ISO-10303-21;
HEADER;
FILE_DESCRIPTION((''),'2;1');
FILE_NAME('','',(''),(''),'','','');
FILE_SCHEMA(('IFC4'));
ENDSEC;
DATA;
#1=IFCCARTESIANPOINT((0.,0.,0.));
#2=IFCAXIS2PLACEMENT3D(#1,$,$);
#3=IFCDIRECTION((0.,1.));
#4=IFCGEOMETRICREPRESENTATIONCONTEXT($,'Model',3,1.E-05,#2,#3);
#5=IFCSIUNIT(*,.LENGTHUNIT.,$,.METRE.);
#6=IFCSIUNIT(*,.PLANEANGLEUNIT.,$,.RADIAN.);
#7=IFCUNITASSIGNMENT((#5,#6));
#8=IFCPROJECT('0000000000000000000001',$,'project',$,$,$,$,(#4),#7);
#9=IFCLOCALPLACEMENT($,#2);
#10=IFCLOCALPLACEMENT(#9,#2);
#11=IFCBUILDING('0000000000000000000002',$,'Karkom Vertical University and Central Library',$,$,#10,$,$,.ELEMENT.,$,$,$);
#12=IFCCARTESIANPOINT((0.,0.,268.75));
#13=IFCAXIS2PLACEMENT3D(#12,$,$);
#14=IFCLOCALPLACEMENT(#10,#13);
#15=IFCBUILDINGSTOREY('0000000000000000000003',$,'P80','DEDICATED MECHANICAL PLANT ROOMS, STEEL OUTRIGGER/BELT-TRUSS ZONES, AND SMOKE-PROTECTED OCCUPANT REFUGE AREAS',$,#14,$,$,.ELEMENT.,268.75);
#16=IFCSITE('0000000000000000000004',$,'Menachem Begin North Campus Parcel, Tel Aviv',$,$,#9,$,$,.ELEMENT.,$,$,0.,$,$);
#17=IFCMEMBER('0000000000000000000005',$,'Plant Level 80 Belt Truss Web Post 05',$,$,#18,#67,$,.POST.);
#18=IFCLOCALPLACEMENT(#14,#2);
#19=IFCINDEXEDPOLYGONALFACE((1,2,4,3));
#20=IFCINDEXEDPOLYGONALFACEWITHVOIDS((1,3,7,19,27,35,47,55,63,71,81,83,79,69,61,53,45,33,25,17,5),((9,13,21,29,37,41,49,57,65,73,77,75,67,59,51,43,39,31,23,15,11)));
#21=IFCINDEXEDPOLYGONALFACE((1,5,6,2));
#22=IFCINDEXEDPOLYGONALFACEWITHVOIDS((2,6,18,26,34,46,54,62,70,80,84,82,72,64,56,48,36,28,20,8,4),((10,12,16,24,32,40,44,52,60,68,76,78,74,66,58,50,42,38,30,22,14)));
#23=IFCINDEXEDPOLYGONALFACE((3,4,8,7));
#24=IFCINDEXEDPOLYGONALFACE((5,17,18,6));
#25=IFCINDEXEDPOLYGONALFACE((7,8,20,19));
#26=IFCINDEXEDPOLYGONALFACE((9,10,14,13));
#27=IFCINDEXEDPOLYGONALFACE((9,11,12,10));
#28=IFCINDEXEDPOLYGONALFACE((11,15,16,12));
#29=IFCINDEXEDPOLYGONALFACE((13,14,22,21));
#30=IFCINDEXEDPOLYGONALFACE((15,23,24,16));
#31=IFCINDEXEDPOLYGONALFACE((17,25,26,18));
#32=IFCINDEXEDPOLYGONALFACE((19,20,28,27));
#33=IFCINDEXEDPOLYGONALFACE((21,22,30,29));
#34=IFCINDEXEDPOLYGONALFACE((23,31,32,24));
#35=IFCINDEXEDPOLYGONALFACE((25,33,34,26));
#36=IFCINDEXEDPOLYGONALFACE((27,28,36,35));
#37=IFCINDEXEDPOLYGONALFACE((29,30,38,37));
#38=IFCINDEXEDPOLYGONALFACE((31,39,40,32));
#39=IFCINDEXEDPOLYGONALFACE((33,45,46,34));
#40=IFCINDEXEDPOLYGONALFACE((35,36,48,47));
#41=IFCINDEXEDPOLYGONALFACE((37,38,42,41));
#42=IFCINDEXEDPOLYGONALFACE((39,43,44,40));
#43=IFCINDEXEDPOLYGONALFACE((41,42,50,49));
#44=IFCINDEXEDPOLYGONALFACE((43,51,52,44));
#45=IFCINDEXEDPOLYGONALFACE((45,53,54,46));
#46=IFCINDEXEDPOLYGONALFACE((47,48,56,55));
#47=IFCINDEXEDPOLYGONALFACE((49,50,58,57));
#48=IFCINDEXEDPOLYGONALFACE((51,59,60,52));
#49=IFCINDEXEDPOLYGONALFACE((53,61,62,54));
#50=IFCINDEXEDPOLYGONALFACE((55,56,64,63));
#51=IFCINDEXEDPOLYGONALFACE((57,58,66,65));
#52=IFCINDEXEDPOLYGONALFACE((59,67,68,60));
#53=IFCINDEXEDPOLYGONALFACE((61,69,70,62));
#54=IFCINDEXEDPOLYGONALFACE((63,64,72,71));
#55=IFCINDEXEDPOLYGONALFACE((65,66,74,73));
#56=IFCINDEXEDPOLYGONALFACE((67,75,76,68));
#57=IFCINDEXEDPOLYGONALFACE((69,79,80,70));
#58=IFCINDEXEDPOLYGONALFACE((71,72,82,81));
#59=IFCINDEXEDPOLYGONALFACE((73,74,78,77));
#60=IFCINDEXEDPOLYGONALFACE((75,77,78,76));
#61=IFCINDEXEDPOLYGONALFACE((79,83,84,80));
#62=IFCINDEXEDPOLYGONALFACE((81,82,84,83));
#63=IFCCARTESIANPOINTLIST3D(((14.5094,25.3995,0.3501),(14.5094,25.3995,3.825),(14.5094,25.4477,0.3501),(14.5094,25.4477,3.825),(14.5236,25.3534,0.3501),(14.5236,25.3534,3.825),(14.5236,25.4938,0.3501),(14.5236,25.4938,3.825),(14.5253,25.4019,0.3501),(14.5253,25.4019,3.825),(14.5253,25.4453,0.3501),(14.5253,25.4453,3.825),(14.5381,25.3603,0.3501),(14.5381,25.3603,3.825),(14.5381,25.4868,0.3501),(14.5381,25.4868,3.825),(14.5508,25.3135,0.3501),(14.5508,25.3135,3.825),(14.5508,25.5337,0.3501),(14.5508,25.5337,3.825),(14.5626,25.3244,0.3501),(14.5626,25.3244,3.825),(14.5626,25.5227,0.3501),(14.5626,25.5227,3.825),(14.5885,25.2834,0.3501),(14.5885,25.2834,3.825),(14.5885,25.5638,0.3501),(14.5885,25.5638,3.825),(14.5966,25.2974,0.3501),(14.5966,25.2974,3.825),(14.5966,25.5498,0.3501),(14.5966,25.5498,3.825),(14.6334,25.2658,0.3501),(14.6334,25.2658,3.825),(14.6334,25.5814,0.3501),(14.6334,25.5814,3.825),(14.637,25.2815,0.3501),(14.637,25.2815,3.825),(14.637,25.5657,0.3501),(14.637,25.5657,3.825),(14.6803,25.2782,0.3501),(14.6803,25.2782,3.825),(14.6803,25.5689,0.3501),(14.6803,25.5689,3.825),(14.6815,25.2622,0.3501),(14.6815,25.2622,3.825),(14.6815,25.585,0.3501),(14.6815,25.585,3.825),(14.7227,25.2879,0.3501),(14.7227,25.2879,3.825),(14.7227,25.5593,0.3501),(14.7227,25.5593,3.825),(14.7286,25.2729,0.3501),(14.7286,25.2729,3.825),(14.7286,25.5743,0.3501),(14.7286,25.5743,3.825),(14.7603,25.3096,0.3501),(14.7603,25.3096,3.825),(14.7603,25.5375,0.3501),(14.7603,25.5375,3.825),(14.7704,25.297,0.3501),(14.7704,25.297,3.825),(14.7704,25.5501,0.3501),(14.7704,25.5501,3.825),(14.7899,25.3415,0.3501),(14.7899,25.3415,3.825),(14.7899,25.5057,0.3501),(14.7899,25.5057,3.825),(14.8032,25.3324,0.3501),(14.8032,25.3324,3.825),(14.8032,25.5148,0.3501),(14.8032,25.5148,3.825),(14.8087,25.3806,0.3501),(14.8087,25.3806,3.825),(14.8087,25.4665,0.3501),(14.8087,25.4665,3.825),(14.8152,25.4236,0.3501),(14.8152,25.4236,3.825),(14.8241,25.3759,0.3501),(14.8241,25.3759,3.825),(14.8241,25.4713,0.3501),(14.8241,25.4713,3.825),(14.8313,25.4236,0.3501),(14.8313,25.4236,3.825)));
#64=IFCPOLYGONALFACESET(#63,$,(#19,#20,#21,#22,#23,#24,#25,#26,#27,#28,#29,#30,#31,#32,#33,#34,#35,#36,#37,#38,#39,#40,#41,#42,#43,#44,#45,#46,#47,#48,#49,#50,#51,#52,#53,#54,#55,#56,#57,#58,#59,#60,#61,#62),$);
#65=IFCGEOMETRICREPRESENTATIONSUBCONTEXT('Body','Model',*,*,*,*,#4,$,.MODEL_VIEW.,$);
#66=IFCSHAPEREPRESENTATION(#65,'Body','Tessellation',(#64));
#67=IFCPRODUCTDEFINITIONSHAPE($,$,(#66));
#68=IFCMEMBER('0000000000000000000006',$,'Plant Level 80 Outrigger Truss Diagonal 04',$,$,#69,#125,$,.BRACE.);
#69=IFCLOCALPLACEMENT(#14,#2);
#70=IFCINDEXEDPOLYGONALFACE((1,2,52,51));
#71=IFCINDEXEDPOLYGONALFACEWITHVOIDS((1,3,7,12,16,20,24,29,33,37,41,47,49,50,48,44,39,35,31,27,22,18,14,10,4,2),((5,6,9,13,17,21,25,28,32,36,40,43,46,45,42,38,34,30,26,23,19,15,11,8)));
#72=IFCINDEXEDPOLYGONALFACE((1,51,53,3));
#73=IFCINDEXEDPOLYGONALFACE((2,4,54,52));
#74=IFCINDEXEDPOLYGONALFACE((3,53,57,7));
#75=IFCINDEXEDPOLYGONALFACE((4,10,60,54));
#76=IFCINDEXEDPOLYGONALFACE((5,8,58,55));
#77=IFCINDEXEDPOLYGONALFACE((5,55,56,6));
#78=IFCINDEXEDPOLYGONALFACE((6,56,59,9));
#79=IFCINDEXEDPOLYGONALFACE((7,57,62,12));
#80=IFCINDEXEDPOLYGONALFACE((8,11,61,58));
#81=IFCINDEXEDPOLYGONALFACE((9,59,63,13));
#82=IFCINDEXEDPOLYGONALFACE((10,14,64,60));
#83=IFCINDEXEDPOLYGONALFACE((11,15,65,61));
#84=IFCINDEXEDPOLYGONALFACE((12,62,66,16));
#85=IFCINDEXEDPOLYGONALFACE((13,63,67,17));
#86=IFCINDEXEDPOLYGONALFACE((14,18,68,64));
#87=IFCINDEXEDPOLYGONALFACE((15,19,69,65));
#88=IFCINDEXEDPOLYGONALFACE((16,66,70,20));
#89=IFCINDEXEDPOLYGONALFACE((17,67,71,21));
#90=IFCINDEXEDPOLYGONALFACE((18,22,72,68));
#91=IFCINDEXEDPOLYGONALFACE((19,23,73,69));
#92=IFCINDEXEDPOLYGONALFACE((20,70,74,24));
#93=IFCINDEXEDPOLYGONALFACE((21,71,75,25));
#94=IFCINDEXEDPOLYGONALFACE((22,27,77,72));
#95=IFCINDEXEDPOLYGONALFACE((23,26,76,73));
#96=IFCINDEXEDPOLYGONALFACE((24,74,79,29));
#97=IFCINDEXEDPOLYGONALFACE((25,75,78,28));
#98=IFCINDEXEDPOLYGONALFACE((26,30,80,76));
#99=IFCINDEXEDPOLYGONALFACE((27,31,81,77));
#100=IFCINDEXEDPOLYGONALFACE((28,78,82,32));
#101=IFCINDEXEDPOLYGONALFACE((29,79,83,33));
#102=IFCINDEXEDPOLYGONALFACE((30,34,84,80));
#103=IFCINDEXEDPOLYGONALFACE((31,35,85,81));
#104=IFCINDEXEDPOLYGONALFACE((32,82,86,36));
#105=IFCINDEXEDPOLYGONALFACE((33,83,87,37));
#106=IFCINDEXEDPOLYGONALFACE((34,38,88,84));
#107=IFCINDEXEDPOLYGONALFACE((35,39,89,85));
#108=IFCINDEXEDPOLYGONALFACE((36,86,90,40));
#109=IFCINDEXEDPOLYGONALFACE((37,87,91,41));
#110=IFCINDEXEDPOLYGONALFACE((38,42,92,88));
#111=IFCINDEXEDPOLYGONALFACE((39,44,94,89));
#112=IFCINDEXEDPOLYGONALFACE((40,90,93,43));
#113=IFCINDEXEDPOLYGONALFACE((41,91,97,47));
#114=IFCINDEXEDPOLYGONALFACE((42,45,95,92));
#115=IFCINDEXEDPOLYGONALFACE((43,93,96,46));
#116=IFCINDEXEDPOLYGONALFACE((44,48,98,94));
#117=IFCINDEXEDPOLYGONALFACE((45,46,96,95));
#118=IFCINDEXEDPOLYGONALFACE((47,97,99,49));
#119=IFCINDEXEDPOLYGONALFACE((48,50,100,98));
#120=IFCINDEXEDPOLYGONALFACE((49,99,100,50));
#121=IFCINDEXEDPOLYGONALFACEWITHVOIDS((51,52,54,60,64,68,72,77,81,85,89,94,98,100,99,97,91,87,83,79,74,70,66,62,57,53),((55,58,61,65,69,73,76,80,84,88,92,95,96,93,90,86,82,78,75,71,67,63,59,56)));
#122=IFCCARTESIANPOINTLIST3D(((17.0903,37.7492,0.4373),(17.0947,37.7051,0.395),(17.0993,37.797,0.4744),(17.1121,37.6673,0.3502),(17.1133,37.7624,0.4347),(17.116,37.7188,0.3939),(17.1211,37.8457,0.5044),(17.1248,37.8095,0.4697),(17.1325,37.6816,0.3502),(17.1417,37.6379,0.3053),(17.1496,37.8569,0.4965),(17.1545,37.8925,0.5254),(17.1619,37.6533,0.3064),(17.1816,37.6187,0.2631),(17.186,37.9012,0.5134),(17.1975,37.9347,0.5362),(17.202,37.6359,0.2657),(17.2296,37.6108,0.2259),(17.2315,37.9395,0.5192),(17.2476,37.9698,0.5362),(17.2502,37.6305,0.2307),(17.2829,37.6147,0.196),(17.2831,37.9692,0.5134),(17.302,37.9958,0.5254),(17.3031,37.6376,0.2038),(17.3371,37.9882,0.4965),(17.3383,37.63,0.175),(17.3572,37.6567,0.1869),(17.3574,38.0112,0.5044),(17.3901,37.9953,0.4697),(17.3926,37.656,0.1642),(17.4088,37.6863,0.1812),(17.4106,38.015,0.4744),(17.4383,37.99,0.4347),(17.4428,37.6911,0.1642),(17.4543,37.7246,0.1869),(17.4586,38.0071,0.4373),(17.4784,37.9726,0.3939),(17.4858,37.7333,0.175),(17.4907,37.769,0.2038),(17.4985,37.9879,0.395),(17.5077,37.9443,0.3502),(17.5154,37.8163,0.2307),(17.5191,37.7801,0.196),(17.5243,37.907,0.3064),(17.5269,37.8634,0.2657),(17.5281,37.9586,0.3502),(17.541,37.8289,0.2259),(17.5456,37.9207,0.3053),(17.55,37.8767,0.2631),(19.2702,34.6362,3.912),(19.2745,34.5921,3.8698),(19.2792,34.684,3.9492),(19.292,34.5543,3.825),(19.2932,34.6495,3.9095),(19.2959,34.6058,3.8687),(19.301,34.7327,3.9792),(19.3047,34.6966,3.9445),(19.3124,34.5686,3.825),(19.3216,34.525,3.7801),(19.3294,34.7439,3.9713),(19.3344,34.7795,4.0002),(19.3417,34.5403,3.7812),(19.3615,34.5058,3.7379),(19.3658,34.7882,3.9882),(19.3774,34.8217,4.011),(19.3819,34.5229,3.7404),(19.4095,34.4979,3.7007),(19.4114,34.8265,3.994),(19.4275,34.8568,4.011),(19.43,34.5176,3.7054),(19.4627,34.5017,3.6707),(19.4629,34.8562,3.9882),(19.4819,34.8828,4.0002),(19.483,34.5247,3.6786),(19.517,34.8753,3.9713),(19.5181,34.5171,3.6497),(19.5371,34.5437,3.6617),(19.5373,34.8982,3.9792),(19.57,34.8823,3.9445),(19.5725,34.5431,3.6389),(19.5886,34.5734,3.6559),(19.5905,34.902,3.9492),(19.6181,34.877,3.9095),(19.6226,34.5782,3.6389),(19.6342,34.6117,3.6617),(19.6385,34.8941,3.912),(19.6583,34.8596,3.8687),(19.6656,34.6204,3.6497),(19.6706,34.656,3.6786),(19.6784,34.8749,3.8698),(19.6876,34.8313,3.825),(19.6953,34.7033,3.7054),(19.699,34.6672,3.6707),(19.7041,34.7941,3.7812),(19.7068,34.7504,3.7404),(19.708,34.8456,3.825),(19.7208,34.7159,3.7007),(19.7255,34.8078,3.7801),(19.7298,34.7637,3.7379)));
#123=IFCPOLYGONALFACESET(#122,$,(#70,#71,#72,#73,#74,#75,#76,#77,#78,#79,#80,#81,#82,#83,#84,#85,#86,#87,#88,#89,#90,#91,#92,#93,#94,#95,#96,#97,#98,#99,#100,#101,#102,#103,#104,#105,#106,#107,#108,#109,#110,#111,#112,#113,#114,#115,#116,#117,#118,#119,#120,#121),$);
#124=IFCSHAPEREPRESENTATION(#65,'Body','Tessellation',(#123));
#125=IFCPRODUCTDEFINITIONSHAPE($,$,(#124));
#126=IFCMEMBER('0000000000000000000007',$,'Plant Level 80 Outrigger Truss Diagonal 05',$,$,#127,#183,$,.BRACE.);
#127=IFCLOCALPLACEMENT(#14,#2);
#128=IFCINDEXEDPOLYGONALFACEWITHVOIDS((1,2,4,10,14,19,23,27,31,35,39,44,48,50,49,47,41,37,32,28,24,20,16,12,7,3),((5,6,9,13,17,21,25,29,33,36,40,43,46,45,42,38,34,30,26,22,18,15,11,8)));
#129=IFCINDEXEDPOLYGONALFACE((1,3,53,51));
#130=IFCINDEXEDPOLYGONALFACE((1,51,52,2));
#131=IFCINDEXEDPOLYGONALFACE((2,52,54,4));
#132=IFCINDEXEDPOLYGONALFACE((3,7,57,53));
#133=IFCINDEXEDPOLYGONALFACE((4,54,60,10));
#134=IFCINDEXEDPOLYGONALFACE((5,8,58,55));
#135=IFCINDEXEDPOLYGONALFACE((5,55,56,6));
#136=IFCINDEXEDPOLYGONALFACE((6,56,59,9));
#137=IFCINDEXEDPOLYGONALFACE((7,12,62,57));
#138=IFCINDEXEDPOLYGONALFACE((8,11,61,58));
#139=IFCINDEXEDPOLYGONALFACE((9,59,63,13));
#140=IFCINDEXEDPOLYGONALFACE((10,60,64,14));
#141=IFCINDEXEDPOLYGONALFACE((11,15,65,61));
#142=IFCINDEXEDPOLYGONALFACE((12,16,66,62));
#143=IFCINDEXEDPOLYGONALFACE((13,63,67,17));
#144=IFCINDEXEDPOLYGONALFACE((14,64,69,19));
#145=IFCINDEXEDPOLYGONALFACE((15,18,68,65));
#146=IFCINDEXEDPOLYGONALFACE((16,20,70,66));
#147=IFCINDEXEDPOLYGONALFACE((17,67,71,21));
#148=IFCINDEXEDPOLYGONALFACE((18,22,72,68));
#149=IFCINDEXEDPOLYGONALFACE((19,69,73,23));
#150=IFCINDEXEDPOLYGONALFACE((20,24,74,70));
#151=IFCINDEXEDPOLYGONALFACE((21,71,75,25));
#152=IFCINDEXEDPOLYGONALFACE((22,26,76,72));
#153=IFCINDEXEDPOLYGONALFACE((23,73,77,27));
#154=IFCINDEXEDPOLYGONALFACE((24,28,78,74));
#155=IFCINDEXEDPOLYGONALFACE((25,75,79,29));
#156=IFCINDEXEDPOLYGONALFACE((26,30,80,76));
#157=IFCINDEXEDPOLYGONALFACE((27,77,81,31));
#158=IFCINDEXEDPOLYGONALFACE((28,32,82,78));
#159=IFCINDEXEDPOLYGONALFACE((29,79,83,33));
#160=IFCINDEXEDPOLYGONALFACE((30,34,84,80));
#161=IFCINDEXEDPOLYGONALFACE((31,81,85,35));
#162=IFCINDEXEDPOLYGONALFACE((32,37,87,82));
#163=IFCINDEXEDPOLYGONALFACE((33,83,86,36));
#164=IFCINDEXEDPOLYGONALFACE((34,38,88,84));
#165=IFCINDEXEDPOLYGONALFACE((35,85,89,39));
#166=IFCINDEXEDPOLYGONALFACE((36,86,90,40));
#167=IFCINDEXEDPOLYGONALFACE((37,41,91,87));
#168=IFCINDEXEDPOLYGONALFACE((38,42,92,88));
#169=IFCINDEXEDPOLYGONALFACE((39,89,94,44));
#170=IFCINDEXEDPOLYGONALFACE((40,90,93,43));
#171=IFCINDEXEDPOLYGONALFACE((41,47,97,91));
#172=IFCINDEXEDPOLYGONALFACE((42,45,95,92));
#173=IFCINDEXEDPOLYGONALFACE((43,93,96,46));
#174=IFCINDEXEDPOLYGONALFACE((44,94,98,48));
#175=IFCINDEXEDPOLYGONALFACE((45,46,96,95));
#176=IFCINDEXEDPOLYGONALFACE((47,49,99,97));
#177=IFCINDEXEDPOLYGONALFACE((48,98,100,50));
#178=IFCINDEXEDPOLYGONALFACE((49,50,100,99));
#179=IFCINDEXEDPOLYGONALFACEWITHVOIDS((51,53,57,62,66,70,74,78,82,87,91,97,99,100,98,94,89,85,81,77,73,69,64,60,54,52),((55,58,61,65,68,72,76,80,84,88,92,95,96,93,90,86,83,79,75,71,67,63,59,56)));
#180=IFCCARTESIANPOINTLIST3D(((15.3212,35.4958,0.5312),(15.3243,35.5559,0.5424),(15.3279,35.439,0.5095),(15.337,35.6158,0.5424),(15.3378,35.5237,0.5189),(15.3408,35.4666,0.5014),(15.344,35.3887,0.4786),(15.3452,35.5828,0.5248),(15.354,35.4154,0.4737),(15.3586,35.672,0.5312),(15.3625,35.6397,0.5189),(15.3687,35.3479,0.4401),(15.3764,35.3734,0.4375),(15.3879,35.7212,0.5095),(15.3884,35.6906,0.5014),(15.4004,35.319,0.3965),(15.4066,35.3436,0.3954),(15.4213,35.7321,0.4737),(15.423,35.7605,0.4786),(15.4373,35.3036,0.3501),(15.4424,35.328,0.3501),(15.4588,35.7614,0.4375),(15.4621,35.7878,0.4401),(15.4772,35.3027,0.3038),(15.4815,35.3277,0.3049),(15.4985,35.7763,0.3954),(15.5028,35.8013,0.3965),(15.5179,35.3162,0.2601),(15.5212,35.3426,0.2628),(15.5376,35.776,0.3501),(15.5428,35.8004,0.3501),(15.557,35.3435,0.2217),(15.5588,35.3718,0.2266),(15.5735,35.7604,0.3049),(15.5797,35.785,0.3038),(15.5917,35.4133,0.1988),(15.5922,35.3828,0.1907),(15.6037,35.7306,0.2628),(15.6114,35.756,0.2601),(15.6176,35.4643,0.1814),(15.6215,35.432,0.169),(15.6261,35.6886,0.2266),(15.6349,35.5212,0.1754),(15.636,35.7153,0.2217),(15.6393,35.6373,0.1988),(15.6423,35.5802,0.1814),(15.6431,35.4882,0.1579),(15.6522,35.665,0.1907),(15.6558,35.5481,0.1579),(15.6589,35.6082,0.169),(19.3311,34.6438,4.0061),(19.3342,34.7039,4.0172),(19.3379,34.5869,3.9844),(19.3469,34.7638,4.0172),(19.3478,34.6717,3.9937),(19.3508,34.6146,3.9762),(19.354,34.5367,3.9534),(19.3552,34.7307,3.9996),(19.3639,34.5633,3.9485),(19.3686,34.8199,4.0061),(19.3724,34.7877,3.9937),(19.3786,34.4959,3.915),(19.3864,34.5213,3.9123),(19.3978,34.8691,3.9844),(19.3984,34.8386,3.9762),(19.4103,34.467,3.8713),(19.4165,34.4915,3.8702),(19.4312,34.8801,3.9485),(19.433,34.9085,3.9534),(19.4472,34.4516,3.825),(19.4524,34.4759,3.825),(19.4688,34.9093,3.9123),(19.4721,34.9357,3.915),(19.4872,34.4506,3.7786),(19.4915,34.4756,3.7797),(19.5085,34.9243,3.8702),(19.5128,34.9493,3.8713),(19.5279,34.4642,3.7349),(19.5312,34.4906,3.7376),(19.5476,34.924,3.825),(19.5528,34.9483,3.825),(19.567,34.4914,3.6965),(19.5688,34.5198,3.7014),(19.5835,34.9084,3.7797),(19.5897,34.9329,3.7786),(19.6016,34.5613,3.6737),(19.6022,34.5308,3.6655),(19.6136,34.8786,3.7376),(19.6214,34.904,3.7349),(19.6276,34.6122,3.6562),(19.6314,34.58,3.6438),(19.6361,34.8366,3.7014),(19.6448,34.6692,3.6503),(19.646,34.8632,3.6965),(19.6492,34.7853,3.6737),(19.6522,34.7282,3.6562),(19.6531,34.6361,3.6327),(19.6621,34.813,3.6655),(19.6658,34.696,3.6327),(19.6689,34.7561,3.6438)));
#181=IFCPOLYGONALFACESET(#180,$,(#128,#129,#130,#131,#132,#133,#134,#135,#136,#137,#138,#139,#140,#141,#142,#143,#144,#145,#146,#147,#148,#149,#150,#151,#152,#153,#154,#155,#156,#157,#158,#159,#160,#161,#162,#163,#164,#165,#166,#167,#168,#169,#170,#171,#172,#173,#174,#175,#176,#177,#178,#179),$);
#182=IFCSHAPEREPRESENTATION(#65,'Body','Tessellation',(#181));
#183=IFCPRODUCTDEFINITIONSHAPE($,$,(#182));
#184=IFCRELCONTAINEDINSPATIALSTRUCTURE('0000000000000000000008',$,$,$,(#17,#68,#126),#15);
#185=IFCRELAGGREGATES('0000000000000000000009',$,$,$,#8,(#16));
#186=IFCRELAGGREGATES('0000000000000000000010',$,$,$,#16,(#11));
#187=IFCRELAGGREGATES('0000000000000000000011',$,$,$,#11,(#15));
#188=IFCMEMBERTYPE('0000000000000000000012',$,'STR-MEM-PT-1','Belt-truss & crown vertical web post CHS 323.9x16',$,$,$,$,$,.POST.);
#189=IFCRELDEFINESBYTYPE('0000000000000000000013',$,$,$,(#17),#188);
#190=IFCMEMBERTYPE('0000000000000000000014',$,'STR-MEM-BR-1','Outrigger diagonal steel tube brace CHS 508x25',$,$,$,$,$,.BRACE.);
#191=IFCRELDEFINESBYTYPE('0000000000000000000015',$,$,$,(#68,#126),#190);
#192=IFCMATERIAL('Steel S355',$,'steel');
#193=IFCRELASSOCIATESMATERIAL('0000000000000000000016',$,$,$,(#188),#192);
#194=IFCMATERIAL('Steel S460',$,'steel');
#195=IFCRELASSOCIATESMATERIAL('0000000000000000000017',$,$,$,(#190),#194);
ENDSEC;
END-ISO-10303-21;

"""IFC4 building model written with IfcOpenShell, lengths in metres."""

from ifc_helpers import new_model, si_unit, direction, frame, origin, origin_with_axes, origin_2d, place, context, subcontext, project, spatial, hollow_circle, extrude, source, transform, mapped, material, material_profile, profile_set, type_object, element, save


model = new_model("IFC4")

# Units and contexts
model_context = context("Model", 3, precision=1e-05, world=origin(), true_north=direction((0.0, 1.0)))
body_context = subcontext(model_context, "Body", "Model", "MODEL_VIEW")
ifc_project = project(units=[si_unit("LENGTHUNIT", "METRE"), si_unit("PLANEANGLEUNIT", "RADIAN")], contexts=[model_context])

# Site, building, storey
site_placement = place(None, origin())
site = spatial("IfcSite", under=ifc_project, at=site_placement, Name="Menachem Begin North Campus Parcel, Tel Aviv", CompositionType="ELEMENT", RefElevation=0.0)
building_placement = place(site_placement, origin())
building = spatial("IfcBuilding", under=site, at=building_placement, Name="Karkom Vertical University and Central Library", CompositionType="ELEMENT")
storey_placement = place(building_placement, frame((0.0, 0.0, 268.75)))
storey = spatial("IfcBuildingStorey", under=building, at=storey_placement, Name="P80", Description="DEDICATED MECHANICAL PLANT ROOMS, STEEL OUTRIGGER/BELT-TRUSS ZONES, AND SMOKE-PROTECTED OCCUPANT REFUGE AREAS", CompositionType="ELEMENT", Elevation=268.75)

# Shared definitions
ifc_material_1 = material(Name="Steel S460", Category="steel")

# Members
ifc_material_2 = material(Name="Steel S355", Category="steel")
ifc_material_profile_1 = material_profile(ifc_material_2, hollow_circle(Radius=0.1619, WallThickness=0.0161, at=origin_2d()), Name="CHS 323.9x16")
ifc_profile_set_1 = profile_set([ifc_material_profile_1], Name="Steel S355")
member_type_1 = type_object("IfcMemberType", Name="STR-MEM-PT-1", Description="Belt-truss & crown vertical web post CHS 323.9x16", PredefinedType="POST", material=ifc_profile_set_1)
shared_shape_1 = source(origin_with_axes(), body_context, "Body", "SweptSolid", [
    extrude(hollow_circle(Radius=0.1619, WallThickness=0.0161, at=origin_2d()), origin(), (0.0, 0.0, 1.0), 3.4749),
])
member_1_placement = place(storey_placement, frame((14.6694, 25.4236, 0.3501), z_axis=(0.0, 0.0, 1.0), x_axis=(1.0, 0.0, 0.0)))
element("IfcMember", 1, at=member_1_placement, inside=storey, type_object=member_type_1, Name="Plant Level 80 Belt Truss Web Post 05", PredefinedType="POST", context=body_context, shape_type="MappedRepresentation", body=[
    mapped(shared_shape_1, transform((0.0, 0.0, 0.0), scale=1.0)),
])
ifc_material_profile_2 = material_profile(ifc_material_1, hollow_circle(Radius=0.2539, WallThickness=0.0249, at=origin_2d()), Name="CHS 508x25")
ifc_profile_set_2 = profile_set([ifc_material_profile_2], Name="Steel S460")
member_type_2 = type_object("IfcMemberType", Name="STR-MEM-BR-1", Description="Outrigger diagonal steel tube brace CHS 508x25", PredefinedType="BRACE", material=ifc_profile_set_2)
shared_shape_2 = source(origin_with_axes(), body_context, "Body", "SweptSolid", [
    extrude(hollow_circle(Radius=0.2539, WallThickness=0.0249, at=origin_2d()), origin(), (0.0, 0.0, 1.0), 5.1494),
])
member_2_placement = place(storey_placement, frame((19.5, 34.7, 3.825), z_axis=(-0.423326, 0.604528, -0.67479), x_axis=(-0.819132, -0.573605, 0.0)))
element("IfcMember", 2, at=member_2_placement, inside=storey, type_object=member_type_2, Name="Plant Level 80 Outrigger Truss Diagonal 04", PredefinedType="BRACE", context=body_context, shape_type="MappedRepresentation", body=[
    mapped(shared_shape_2, transform((0.0, 0.0, 0.0), scale=1.0)),
])
shared_shape_3 = source(origin_with_axes(), body_context, "Body", "SweptSolid", [
    extrude(hollow_circle(Radius=0.2539, WallThickness=0.0249, at=origin_2d()), origin(), (0.0, 0.0, 1.0), 5.374),
])
member_3_placement = place(storey_placement, frame((19.5, 34.7, 3.825), z_axis=(-0.746176, 0.158548, -0.646595), x_axis=(-0.207841, -0.978163, 0.0)))
element("IfcMember", 3, at=member_3_placement, inside=storey, type_object=member_type_2, Name="Plant Level 80 Outrigger Truss Diagonal 05", PredefinedType="BRACE", context=body_context, shape_type="MappedRepresentation", body=[
    mapped(shared_shape_3, transform((0.0, 0.0, 0.0), scale=1.0)),
])

save(model, "model.ifc")
